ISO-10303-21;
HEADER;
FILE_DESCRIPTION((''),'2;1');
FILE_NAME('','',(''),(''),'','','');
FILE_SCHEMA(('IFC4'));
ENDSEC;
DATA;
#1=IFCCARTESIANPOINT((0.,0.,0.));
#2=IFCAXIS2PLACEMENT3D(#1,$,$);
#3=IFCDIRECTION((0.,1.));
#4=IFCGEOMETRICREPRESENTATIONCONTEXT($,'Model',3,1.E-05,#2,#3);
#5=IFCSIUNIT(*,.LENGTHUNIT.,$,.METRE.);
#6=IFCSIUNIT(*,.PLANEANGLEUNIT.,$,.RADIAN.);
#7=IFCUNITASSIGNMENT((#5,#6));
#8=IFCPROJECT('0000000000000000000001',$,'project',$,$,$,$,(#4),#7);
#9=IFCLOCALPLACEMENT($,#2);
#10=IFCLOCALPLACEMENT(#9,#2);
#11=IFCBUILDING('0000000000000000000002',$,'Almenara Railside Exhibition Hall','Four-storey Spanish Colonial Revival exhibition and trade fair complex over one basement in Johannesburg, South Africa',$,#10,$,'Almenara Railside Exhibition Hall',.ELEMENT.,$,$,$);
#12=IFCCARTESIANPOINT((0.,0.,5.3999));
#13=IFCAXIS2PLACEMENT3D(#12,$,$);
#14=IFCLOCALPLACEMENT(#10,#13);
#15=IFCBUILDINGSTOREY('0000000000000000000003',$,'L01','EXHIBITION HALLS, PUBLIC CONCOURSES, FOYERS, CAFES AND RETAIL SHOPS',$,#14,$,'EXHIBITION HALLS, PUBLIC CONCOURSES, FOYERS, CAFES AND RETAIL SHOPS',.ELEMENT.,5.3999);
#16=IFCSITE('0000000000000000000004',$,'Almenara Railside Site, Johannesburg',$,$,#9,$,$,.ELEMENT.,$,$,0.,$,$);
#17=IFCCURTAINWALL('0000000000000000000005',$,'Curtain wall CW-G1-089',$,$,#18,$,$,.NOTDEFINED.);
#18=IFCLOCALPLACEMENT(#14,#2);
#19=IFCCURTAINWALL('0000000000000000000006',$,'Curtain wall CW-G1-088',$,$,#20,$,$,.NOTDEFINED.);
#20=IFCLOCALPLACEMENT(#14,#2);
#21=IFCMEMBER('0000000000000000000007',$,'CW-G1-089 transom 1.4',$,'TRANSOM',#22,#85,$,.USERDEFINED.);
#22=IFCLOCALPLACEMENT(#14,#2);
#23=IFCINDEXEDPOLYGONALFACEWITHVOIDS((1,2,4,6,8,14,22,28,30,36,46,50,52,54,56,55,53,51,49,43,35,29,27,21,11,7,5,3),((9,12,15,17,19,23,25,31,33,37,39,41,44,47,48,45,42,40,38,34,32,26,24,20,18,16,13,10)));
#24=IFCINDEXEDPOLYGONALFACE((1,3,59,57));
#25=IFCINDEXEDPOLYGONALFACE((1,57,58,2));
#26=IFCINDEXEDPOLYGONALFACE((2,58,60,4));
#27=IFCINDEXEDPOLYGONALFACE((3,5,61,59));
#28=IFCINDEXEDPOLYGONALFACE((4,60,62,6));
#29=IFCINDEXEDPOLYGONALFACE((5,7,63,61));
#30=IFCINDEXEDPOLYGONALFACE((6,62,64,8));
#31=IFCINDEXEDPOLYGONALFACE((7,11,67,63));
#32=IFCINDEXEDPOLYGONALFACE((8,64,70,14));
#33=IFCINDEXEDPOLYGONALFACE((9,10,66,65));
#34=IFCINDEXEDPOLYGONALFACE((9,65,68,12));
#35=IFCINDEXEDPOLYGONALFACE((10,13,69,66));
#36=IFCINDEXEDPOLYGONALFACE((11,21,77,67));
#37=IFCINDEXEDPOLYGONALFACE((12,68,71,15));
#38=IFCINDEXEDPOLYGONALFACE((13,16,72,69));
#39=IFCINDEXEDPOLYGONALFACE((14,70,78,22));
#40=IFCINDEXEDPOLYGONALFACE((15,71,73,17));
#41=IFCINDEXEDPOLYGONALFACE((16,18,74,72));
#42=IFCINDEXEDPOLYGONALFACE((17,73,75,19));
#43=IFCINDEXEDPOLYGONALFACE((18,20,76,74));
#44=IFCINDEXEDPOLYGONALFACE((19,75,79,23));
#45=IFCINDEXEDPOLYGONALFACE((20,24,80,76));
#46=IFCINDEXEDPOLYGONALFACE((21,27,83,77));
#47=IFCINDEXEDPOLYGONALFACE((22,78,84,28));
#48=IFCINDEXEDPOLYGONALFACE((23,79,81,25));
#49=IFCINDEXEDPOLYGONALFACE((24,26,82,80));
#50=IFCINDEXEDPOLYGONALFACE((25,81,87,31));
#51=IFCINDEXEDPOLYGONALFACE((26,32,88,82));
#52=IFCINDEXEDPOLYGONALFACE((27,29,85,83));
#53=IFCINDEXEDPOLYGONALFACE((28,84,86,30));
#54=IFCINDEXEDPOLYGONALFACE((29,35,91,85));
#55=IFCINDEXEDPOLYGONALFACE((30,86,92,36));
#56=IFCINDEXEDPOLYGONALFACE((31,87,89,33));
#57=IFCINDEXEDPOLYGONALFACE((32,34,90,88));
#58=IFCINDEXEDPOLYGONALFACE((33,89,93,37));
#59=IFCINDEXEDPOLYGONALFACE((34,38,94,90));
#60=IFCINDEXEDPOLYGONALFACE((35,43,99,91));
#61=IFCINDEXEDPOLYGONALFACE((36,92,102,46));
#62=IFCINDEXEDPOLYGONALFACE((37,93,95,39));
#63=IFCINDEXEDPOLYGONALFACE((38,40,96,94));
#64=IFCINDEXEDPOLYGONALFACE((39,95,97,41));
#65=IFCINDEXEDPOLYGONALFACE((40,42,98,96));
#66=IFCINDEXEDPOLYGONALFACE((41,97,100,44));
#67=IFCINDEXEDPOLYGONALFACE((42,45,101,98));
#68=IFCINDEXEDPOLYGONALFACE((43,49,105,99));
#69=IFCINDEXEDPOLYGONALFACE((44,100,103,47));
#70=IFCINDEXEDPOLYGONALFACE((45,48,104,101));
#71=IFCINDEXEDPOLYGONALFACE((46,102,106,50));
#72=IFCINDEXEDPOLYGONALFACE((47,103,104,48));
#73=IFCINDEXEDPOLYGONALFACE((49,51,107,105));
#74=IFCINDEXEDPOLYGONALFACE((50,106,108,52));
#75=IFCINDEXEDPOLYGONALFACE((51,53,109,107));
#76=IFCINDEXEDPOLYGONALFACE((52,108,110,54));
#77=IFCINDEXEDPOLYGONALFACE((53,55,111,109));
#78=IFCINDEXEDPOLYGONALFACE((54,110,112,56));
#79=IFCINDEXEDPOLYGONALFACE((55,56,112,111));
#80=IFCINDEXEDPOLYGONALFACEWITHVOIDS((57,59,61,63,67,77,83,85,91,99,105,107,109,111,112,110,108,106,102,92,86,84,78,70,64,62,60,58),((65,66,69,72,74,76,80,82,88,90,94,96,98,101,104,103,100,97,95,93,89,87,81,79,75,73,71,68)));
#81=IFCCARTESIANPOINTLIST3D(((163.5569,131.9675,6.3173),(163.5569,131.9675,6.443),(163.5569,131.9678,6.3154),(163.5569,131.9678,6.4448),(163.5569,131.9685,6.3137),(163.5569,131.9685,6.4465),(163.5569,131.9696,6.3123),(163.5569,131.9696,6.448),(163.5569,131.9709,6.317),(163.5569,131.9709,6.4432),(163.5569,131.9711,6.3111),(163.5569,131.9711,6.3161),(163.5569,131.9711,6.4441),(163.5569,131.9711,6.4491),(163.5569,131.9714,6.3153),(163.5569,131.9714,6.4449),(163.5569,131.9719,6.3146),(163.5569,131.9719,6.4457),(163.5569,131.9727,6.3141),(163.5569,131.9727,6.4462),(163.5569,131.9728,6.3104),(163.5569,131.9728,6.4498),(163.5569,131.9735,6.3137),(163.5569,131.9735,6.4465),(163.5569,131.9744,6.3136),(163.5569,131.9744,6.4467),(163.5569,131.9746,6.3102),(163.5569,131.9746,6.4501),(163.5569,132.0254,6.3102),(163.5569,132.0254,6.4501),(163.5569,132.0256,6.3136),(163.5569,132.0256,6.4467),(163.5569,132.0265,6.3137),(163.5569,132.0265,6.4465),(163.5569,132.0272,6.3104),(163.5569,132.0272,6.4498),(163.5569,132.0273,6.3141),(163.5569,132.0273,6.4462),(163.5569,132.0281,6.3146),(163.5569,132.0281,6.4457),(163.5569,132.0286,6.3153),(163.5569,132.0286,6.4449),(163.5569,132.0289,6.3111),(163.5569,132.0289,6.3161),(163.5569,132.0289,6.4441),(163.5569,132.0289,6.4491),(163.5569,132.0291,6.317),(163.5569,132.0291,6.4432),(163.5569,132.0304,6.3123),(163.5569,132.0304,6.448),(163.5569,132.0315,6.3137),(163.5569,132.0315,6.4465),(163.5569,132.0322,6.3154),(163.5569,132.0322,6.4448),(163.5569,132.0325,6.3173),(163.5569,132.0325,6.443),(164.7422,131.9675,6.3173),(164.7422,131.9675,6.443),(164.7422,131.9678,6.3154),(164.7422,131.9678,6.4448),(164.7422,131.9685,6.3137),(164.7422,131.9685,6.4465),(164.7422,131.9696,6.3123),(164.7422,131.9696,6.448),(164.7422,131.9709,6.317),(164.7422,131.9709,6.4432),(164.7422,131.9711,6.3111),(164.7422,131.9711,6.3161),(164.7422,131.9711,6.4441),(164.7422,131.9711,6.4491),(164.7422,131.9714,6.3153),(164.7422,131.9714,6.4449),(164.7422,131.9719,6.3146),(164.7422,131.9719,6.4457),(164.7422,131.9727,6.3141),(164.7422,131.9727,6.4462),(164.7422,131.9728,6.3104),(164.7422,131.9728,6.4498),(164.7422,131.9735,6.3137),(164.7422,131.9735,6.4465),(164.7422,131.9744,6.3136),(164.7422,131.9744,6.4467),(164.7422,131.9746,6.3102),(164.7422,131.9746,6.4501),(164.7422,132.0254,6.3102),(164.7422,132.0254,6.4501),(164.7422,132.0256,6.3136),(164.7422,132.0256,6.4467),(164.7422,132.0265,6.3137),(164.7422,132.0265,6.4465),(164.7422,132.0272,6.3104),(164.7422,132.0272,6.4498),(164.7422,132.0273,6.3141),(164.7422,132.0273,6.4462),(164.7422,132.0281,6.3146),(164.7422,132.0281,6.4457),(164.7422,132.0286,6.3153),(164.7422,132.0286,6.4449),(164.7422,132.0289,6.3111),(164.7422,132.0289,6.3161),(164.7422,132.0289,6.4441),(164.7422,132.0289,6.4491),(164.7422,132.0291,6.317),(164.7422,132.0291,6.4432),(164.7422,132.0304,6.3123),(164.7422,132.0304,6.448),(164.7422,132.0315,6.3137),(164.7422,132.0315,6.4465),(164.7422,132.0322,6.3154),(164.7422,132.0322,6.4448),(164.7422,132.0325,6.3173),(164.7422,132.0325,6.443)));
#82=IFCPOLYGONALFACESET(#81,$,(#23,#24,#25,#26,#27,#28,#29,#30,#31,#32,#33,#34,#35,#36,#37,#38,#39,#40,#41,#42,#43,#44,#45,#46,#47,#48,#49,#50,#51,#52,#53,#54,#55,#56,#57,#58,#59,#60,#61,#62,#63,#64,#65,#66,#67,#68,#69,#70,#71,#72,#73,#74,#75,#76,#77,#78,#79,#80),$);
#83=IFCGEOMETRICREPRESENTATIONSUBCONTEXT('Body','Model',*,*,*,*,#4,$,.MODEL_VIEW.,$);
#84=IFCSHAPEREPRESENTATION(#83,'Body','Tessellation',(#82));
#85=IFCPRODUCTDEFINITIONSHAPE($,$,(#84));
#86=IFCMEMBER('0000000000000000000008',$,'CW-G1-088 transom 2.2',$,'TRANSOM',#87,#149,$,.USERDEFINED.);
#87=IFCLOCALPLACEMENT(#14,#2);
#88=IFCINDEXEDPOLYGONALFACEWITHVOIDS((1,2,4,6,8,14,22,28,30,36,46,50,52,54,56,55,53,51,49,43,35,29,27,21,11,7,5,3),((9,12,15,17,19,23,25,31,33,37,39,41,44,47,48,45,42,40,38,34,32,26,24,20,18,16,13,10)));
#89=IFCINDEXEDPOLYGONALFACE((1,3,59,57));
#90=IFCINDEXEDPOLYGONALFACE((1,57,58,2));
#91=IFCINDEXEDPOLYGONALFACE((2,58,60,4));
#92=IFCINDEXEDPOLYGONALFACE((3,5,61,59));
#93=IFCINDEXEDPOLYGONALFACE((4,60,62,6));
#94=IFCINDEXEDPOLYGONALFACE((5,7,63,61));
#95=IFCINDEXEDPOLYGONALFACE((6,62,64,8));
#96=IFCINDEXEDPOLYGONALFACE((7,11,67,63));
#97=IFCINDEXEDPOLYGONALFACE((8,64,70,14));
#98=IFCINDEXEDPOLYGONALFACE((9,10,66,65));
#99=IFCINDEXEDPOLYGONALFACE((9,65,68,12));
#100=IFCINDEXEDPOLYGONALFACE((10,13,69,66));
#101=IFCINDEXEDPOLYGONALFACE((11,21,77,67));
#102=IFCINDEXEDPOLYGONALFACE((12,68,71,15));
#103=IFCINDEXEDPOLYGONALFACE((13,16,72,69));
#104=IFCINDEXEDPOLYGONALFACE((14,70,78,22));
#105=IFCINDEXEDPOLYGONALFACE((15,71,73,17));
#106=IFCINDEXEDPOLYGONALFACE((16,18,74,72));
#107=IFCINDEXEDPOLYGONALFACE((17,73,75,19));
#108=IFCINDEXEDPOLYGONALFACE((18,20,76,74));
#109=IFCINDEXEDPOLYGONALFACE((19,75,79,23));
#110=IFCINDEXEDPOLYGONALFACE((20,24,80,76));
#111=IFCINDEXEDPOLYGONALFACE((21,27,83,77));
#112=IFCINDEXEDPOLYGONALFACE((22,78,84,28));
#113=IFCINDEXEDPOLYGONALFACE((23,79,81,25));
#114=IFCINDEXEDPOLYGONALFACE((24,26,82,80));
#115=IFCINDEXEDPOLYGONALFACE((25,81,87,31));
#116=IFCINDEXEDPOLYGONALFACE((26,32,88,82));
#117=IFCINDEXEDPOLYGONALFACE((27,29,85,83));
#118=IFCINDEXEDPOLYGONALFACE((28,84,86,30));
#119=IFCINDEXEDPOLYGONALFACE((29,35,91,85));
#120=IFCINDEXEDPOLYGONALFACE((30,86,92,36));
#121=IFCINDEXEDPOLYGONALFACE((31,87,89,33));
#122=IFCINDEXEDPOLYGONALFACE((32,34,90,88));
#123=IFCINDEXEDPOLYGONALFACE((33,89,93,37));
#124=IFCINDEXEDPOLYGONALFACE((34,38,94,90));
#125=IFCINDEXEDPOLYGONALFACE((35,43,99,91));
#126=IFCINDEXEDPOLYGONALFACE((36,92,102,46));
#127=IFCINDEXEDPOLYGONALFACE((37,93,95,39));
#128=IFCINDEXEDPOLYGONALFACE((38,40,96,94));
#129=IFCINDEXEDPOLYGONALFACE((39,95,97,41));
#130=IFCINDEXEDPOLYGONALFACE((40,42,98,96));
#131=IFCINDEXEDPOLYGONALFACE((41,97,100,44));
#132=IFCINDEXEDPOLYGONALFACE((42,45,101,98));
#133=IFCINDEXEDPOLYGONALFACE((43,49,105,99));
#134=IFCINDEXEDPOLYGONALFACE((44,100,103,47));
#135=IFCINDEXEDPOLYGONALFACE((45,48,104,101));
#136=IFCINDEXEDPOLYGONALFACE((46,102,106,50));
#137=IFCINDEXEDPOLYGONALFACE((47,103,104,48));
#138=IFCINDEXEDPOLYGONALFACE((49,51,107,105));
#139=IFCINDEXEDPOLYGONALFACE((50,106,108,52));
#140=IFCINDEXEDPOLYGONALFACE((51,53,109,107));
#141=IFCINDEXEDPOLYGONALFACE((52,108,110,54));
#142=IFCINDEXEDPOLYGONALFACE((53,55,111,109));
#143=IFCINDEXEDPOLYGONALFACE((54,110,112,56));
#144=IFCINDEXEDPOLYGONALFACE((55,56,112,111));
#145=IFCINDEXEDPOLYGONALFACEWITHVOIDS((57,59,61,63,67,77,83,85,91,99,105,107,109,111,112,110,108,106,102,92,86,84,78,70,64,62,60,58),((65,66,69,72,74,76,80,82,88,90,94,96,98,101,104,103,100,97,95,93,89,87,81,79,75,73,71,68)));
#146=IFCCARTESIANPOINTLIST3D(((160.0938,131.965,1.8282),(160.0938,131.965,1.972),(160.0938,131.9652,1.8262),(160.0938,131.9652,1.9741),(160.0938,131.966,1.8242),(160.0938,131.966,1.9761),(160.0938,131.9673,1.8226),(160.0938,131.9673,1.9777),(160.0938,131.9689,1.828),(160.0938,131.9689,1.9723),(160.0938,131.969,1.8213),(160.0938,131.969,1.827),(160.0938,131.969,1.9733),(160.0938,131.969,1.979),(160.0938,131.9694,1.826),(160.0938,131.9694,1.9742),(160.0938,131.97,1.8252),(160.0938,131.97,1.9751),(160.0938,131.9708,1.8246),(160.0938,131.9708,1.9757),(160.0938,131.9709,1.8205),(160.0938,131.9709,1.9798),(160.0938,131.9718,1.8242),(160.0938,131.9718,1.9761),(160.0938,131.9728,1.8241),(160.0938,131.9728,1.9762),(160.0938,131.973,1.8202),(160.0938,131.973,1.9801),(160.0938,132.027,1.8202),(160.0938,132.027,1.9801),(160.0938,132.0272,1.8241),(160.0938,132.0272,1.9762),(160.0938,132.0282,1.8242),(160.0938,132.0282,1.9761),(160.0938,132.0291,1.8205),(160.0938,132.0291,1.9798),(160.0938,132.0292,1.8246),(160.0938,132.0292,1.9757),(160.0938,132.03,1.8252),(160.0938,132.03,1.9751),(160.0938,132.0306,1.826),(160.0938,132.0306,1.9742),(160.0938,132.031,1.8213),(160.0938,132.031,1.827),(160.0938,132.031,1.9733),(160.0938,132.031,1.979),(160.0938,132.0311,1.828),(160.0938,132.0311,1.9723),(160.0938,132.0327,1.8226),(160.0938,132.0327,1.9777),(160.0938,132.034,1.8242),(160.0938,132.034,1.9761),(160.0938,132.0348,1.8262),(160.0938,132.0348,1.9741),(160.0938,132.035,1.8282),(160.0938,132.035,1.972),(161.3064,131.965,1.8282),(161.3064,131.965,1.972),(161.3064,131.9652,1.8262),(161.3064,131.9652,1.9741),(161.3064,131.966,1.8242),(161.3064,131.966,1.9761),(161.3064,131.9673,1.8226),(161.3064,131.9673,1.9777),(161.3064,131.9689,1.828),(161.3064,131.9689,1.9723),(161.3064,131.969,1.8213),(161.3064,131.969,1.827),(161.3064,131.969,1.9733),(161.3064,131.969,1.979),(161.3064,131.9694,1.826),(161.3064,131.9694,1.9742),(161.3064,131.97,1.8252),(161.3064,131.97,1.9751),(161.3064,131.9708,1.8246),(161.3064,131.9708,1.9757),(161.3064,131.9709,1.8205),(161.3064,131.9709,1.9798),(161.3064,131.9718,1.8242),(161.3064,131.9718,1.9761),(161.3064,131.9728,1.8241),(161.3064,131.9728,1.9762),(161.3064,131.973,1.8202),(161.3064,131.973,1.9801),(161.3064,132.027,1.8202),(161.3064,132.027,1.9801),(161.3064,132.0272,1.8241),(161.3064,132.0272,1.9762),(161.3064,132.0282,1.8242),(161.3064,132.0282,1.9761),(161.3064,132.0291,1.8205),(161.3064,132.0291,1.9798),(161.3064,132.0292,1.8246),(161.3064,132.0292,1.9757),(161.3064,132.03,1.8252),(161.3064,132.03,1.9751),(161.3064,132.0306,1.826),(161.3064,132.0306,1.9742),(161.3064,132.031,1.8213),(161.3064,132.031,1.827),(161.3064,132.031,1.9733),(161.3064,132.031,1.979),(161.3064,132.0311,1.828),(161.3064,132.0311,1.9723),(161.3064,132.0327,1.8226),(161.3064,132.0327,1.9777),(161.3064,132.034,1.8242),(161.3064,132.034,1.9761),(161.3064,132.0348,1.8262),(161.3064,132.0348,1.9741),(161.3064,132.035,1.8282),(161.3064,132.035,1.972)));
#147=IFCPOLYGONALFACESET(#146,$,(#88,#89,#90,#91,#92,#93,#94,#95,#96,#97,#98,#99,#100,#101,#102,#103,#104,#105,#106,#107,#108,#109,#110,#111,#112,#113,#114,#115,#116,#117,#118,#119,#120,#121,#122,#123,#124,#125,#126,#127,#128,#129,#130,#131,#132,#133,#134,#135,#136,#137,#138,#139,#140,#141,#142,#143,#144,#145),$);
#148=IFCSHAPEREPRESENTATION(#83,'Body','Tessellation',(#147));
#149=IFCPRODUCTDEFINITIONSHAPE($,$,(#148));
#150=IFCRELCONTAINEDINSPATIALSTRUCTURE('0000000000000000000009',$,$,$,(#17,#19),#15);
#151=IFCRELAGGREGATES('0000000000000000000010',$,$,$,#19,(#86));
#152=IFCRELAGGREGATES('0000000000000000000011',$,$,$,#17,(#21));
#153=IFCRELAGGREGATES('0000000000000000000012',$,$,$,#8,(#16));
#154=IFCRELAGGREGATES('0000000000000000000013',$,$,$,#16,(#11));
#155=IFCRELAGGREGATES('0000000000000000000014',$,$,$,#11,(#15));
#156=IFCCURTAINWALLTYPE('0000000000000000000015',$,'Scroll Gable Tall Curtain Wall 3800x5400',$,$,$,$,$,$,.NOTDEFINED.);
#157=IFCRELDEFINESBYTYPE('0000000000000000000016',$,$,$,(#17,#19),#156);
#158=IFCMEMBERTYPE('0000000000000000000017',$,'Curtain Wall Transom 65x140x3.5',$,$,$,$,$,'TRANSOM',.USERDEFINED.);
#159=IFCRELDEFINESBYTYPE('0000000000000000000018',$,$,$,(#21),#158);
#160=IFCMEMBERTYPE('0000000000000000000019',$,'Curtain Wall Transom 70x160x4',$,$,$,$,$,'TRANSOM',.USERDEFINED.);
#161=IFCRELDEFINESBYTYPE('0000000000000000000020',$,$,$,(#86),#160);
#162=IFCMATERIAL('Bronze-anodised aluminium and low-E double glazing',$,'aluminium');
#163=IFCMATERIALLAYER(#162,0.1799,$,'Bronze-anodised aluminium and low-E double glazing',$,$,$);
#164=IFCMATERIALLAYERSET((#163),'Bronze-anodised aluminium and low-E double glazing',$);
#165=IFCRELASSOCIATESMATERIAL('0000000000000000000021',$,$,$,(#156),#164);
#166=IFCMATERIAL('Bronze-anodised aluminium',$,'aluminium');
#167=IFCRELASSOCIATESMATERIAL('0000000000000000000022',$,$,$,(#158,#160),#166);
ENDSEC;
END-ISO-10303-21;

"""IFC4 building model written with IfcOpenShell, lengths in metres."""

from ifc_helpers import new_model, si_unit, direction, frame, origin, origin_2d, place, context, subcontext, project, spatial, hollow_rectangle, extrude, material, layer, layer_set, material_profile, profile_set, type_object, element, aggregate, save


model = new_model("IFC4")

# Units and contexts
model_context = context("Model", 3, precision=1e-05, world=origin(), true_north=direction((0.0, 1.0)))
body_context = subcontext(model_context, "Body", "Model", "MODEL_VIEW")
ifc_project = project(units=[si_unit("LENGTHUNIT", "METRE"), si_unit("PLANEANGLEUNIT", "RADIAN")], contexts=[model_context])

# Site, building, storey
site_placement = place(None, origin())
site = spatial("IfcSite", under=ifc_project, at=site_placement, Name="Almenara Railside Site, Johannesburg", CompositionType="ELEMENT", RefElevation=0.0)
building_placement = place(site_placement, origin())
building = spatial("IfcBuilding", under=site, at=building_placement, Name="Almenara Railside Exhibition Hall", Description="Four-storey Spanish Colonial Revival exhibition and trade fair complex over one basement in Johannesburg, South Africa", LongName="Almenara Railside Exhibition Hall", CompositionType="ELEMENT")
storey_placement = place(building_placement, frame((0.0, 0.0, 5.3999)))
storey = spatial("IfcBuildingStorey", under=building, at=storey_placement, Name="L01", Description="EXHIBITION HALLS, PUBLIC CONCOURSES, FOYERS, CAFES AND RETAIL SHOPS", LongName="EXHIBITION HALLS, PUBLIC CONCOURSES, FOYERS, CAFES AND RETAIL SHOPS", CompositionType="ELEMENT", Elevation=5.3999)

# Curtain wall
ifc_material_1 = material(Name="Bronze-anodised aluminium and low-E double glazing", Category="aluminium")
ifc_layer_1 = layer(ifc_material_1, 0.1799, Name="Bronze-anodised aluminium and low-E double glazing")
ifc_layer_set_1 = layer_set([ifc_layer_1], Name="Bronze-anodised aluminium and low-E double glazing")
curtain_wall_type = type_object("IfcCurtainWallType", Name="Scroll Gable Tall Curtain Wall 3800x5400", PredefinedType="NOTDEFINED", material=ifc_layer_set_1)
curtain_wall_1_placement = place(storey_placement, origin())
curtain_wall_1 = element("IfcCurtainWall", 1, at=curtain_wall_1_placement, inside=storey, type_object=curtain_wall_type, Name="Curtain wall CW-G1-089", PredefinedType="NOTDEFINED")
ifc_material_2 = material(Name="Bronze-anodised aluminium", Category="aluminium")

# Curtain wall
curtain_wall_2_placement = place(storey_placement, origin())
curtain_wall_2 = element("IfcCurtainWall", 2, at=curtain_wall_2_placement, inside=storey, type_object=curtain_wall_type, Name="Curtain wall CW-G1-088", PredefinedType="NOTDEFINED")

# Members
ifc_material_profile_1 = material_profile(ifc_material_2, hollow_rectangle(XDim=0.0649, YDim=0.1399, WallThickness=0.0034, InnerFilletRadius=0.0034, OuterFilletRadius=0.0071, at=origin_2d()), Name="ALU-TRN 65x140x3.5")
ifc_profile_set_1 = profile_set([ifc_material_profile_1], Name="Bronze-anodised aluminium")
member_type_1 = type_object("IfcMemberType", Name="Curtain Wall Transom 65x140x3.5", ElementType="TRANSOM", PredefinedType="USERDEFINED", material=ifc_profile_set_1)
member_1_placement = place(storey_placement, frame((163.5569, 132.0, 6.3801), z_axis=(1.0, 0.0, 0.0), x_axis=(0.0, 1.0, 0.0)))
member_1 = element("IfcMember", 3, at=member_1_placement, type_object=member_type_1, Name="CW-G1-089 transom 1.4", ObjectType="TRANSOM", PredefinedType="USERDEFINED", context=body_context, shape_type="SweptSolid", body=[
    extrude(hollow_rectangle(XDim=0.0649, YDim=0.1399, WallThickness=0.0034, InnerFilletRadius=0.0034, OuterFilletRadius=0.0071, at=origin_2d()), origin(), (0.0, 0.0, 1.0), 1.1853),
])
ifc_material_profile_2 = material_profile(ifc_material_2, hollow_rectangle(XDim=0.0701, YDim=0.1599, WallThickness=0.0039, InnerFilletRadius=0.0039, OuterFilletRadius=0.0081, at=origin_2d()), Name="ALU-TRN 70x160x4")
ifc_profile_set_2 = profile_set([ifc_material_profile_2], Name="Bronze-anodised aluminium")
member_type_2 = type_object("IfcMemberType", Name="Curtain Wall Transom 70x160x4", ElementType="TRANSOM", PredefinedType="USERDEFINED", material=ifc_profile_set_2)
member_2_placement = place(storey_placement, frame((160.0938, 132.0, 1.9001), z_axis=(1.0, 0.0, 0.0), x_axis=(0.0, 1.0, 0.0)))
member_2 = element("IfcMember", 4, at=member_2_placement, type_object=member_type_2, Name="CW-G1-088 transom 2.2", ObjectType="TRANSOM", PredefinedType="USERDEFINED", context=body_context, shape_type="SweptSolid", body=[
    extrude(hollow_rectangle(XDim=0.0701, YDim=0.1599, WallThickness=0.0039, InnerFilletRadius=0.0039, OuterFilletRadius=0.0081, at=origin_2d()), origin(), (0.0, 0.0, 1.0), 1.2126),
])

aggregate(curtain_wall_2, [member_2])
aggregate(curtain_wall_1, [member_1])

save(model, "model.ifc")
